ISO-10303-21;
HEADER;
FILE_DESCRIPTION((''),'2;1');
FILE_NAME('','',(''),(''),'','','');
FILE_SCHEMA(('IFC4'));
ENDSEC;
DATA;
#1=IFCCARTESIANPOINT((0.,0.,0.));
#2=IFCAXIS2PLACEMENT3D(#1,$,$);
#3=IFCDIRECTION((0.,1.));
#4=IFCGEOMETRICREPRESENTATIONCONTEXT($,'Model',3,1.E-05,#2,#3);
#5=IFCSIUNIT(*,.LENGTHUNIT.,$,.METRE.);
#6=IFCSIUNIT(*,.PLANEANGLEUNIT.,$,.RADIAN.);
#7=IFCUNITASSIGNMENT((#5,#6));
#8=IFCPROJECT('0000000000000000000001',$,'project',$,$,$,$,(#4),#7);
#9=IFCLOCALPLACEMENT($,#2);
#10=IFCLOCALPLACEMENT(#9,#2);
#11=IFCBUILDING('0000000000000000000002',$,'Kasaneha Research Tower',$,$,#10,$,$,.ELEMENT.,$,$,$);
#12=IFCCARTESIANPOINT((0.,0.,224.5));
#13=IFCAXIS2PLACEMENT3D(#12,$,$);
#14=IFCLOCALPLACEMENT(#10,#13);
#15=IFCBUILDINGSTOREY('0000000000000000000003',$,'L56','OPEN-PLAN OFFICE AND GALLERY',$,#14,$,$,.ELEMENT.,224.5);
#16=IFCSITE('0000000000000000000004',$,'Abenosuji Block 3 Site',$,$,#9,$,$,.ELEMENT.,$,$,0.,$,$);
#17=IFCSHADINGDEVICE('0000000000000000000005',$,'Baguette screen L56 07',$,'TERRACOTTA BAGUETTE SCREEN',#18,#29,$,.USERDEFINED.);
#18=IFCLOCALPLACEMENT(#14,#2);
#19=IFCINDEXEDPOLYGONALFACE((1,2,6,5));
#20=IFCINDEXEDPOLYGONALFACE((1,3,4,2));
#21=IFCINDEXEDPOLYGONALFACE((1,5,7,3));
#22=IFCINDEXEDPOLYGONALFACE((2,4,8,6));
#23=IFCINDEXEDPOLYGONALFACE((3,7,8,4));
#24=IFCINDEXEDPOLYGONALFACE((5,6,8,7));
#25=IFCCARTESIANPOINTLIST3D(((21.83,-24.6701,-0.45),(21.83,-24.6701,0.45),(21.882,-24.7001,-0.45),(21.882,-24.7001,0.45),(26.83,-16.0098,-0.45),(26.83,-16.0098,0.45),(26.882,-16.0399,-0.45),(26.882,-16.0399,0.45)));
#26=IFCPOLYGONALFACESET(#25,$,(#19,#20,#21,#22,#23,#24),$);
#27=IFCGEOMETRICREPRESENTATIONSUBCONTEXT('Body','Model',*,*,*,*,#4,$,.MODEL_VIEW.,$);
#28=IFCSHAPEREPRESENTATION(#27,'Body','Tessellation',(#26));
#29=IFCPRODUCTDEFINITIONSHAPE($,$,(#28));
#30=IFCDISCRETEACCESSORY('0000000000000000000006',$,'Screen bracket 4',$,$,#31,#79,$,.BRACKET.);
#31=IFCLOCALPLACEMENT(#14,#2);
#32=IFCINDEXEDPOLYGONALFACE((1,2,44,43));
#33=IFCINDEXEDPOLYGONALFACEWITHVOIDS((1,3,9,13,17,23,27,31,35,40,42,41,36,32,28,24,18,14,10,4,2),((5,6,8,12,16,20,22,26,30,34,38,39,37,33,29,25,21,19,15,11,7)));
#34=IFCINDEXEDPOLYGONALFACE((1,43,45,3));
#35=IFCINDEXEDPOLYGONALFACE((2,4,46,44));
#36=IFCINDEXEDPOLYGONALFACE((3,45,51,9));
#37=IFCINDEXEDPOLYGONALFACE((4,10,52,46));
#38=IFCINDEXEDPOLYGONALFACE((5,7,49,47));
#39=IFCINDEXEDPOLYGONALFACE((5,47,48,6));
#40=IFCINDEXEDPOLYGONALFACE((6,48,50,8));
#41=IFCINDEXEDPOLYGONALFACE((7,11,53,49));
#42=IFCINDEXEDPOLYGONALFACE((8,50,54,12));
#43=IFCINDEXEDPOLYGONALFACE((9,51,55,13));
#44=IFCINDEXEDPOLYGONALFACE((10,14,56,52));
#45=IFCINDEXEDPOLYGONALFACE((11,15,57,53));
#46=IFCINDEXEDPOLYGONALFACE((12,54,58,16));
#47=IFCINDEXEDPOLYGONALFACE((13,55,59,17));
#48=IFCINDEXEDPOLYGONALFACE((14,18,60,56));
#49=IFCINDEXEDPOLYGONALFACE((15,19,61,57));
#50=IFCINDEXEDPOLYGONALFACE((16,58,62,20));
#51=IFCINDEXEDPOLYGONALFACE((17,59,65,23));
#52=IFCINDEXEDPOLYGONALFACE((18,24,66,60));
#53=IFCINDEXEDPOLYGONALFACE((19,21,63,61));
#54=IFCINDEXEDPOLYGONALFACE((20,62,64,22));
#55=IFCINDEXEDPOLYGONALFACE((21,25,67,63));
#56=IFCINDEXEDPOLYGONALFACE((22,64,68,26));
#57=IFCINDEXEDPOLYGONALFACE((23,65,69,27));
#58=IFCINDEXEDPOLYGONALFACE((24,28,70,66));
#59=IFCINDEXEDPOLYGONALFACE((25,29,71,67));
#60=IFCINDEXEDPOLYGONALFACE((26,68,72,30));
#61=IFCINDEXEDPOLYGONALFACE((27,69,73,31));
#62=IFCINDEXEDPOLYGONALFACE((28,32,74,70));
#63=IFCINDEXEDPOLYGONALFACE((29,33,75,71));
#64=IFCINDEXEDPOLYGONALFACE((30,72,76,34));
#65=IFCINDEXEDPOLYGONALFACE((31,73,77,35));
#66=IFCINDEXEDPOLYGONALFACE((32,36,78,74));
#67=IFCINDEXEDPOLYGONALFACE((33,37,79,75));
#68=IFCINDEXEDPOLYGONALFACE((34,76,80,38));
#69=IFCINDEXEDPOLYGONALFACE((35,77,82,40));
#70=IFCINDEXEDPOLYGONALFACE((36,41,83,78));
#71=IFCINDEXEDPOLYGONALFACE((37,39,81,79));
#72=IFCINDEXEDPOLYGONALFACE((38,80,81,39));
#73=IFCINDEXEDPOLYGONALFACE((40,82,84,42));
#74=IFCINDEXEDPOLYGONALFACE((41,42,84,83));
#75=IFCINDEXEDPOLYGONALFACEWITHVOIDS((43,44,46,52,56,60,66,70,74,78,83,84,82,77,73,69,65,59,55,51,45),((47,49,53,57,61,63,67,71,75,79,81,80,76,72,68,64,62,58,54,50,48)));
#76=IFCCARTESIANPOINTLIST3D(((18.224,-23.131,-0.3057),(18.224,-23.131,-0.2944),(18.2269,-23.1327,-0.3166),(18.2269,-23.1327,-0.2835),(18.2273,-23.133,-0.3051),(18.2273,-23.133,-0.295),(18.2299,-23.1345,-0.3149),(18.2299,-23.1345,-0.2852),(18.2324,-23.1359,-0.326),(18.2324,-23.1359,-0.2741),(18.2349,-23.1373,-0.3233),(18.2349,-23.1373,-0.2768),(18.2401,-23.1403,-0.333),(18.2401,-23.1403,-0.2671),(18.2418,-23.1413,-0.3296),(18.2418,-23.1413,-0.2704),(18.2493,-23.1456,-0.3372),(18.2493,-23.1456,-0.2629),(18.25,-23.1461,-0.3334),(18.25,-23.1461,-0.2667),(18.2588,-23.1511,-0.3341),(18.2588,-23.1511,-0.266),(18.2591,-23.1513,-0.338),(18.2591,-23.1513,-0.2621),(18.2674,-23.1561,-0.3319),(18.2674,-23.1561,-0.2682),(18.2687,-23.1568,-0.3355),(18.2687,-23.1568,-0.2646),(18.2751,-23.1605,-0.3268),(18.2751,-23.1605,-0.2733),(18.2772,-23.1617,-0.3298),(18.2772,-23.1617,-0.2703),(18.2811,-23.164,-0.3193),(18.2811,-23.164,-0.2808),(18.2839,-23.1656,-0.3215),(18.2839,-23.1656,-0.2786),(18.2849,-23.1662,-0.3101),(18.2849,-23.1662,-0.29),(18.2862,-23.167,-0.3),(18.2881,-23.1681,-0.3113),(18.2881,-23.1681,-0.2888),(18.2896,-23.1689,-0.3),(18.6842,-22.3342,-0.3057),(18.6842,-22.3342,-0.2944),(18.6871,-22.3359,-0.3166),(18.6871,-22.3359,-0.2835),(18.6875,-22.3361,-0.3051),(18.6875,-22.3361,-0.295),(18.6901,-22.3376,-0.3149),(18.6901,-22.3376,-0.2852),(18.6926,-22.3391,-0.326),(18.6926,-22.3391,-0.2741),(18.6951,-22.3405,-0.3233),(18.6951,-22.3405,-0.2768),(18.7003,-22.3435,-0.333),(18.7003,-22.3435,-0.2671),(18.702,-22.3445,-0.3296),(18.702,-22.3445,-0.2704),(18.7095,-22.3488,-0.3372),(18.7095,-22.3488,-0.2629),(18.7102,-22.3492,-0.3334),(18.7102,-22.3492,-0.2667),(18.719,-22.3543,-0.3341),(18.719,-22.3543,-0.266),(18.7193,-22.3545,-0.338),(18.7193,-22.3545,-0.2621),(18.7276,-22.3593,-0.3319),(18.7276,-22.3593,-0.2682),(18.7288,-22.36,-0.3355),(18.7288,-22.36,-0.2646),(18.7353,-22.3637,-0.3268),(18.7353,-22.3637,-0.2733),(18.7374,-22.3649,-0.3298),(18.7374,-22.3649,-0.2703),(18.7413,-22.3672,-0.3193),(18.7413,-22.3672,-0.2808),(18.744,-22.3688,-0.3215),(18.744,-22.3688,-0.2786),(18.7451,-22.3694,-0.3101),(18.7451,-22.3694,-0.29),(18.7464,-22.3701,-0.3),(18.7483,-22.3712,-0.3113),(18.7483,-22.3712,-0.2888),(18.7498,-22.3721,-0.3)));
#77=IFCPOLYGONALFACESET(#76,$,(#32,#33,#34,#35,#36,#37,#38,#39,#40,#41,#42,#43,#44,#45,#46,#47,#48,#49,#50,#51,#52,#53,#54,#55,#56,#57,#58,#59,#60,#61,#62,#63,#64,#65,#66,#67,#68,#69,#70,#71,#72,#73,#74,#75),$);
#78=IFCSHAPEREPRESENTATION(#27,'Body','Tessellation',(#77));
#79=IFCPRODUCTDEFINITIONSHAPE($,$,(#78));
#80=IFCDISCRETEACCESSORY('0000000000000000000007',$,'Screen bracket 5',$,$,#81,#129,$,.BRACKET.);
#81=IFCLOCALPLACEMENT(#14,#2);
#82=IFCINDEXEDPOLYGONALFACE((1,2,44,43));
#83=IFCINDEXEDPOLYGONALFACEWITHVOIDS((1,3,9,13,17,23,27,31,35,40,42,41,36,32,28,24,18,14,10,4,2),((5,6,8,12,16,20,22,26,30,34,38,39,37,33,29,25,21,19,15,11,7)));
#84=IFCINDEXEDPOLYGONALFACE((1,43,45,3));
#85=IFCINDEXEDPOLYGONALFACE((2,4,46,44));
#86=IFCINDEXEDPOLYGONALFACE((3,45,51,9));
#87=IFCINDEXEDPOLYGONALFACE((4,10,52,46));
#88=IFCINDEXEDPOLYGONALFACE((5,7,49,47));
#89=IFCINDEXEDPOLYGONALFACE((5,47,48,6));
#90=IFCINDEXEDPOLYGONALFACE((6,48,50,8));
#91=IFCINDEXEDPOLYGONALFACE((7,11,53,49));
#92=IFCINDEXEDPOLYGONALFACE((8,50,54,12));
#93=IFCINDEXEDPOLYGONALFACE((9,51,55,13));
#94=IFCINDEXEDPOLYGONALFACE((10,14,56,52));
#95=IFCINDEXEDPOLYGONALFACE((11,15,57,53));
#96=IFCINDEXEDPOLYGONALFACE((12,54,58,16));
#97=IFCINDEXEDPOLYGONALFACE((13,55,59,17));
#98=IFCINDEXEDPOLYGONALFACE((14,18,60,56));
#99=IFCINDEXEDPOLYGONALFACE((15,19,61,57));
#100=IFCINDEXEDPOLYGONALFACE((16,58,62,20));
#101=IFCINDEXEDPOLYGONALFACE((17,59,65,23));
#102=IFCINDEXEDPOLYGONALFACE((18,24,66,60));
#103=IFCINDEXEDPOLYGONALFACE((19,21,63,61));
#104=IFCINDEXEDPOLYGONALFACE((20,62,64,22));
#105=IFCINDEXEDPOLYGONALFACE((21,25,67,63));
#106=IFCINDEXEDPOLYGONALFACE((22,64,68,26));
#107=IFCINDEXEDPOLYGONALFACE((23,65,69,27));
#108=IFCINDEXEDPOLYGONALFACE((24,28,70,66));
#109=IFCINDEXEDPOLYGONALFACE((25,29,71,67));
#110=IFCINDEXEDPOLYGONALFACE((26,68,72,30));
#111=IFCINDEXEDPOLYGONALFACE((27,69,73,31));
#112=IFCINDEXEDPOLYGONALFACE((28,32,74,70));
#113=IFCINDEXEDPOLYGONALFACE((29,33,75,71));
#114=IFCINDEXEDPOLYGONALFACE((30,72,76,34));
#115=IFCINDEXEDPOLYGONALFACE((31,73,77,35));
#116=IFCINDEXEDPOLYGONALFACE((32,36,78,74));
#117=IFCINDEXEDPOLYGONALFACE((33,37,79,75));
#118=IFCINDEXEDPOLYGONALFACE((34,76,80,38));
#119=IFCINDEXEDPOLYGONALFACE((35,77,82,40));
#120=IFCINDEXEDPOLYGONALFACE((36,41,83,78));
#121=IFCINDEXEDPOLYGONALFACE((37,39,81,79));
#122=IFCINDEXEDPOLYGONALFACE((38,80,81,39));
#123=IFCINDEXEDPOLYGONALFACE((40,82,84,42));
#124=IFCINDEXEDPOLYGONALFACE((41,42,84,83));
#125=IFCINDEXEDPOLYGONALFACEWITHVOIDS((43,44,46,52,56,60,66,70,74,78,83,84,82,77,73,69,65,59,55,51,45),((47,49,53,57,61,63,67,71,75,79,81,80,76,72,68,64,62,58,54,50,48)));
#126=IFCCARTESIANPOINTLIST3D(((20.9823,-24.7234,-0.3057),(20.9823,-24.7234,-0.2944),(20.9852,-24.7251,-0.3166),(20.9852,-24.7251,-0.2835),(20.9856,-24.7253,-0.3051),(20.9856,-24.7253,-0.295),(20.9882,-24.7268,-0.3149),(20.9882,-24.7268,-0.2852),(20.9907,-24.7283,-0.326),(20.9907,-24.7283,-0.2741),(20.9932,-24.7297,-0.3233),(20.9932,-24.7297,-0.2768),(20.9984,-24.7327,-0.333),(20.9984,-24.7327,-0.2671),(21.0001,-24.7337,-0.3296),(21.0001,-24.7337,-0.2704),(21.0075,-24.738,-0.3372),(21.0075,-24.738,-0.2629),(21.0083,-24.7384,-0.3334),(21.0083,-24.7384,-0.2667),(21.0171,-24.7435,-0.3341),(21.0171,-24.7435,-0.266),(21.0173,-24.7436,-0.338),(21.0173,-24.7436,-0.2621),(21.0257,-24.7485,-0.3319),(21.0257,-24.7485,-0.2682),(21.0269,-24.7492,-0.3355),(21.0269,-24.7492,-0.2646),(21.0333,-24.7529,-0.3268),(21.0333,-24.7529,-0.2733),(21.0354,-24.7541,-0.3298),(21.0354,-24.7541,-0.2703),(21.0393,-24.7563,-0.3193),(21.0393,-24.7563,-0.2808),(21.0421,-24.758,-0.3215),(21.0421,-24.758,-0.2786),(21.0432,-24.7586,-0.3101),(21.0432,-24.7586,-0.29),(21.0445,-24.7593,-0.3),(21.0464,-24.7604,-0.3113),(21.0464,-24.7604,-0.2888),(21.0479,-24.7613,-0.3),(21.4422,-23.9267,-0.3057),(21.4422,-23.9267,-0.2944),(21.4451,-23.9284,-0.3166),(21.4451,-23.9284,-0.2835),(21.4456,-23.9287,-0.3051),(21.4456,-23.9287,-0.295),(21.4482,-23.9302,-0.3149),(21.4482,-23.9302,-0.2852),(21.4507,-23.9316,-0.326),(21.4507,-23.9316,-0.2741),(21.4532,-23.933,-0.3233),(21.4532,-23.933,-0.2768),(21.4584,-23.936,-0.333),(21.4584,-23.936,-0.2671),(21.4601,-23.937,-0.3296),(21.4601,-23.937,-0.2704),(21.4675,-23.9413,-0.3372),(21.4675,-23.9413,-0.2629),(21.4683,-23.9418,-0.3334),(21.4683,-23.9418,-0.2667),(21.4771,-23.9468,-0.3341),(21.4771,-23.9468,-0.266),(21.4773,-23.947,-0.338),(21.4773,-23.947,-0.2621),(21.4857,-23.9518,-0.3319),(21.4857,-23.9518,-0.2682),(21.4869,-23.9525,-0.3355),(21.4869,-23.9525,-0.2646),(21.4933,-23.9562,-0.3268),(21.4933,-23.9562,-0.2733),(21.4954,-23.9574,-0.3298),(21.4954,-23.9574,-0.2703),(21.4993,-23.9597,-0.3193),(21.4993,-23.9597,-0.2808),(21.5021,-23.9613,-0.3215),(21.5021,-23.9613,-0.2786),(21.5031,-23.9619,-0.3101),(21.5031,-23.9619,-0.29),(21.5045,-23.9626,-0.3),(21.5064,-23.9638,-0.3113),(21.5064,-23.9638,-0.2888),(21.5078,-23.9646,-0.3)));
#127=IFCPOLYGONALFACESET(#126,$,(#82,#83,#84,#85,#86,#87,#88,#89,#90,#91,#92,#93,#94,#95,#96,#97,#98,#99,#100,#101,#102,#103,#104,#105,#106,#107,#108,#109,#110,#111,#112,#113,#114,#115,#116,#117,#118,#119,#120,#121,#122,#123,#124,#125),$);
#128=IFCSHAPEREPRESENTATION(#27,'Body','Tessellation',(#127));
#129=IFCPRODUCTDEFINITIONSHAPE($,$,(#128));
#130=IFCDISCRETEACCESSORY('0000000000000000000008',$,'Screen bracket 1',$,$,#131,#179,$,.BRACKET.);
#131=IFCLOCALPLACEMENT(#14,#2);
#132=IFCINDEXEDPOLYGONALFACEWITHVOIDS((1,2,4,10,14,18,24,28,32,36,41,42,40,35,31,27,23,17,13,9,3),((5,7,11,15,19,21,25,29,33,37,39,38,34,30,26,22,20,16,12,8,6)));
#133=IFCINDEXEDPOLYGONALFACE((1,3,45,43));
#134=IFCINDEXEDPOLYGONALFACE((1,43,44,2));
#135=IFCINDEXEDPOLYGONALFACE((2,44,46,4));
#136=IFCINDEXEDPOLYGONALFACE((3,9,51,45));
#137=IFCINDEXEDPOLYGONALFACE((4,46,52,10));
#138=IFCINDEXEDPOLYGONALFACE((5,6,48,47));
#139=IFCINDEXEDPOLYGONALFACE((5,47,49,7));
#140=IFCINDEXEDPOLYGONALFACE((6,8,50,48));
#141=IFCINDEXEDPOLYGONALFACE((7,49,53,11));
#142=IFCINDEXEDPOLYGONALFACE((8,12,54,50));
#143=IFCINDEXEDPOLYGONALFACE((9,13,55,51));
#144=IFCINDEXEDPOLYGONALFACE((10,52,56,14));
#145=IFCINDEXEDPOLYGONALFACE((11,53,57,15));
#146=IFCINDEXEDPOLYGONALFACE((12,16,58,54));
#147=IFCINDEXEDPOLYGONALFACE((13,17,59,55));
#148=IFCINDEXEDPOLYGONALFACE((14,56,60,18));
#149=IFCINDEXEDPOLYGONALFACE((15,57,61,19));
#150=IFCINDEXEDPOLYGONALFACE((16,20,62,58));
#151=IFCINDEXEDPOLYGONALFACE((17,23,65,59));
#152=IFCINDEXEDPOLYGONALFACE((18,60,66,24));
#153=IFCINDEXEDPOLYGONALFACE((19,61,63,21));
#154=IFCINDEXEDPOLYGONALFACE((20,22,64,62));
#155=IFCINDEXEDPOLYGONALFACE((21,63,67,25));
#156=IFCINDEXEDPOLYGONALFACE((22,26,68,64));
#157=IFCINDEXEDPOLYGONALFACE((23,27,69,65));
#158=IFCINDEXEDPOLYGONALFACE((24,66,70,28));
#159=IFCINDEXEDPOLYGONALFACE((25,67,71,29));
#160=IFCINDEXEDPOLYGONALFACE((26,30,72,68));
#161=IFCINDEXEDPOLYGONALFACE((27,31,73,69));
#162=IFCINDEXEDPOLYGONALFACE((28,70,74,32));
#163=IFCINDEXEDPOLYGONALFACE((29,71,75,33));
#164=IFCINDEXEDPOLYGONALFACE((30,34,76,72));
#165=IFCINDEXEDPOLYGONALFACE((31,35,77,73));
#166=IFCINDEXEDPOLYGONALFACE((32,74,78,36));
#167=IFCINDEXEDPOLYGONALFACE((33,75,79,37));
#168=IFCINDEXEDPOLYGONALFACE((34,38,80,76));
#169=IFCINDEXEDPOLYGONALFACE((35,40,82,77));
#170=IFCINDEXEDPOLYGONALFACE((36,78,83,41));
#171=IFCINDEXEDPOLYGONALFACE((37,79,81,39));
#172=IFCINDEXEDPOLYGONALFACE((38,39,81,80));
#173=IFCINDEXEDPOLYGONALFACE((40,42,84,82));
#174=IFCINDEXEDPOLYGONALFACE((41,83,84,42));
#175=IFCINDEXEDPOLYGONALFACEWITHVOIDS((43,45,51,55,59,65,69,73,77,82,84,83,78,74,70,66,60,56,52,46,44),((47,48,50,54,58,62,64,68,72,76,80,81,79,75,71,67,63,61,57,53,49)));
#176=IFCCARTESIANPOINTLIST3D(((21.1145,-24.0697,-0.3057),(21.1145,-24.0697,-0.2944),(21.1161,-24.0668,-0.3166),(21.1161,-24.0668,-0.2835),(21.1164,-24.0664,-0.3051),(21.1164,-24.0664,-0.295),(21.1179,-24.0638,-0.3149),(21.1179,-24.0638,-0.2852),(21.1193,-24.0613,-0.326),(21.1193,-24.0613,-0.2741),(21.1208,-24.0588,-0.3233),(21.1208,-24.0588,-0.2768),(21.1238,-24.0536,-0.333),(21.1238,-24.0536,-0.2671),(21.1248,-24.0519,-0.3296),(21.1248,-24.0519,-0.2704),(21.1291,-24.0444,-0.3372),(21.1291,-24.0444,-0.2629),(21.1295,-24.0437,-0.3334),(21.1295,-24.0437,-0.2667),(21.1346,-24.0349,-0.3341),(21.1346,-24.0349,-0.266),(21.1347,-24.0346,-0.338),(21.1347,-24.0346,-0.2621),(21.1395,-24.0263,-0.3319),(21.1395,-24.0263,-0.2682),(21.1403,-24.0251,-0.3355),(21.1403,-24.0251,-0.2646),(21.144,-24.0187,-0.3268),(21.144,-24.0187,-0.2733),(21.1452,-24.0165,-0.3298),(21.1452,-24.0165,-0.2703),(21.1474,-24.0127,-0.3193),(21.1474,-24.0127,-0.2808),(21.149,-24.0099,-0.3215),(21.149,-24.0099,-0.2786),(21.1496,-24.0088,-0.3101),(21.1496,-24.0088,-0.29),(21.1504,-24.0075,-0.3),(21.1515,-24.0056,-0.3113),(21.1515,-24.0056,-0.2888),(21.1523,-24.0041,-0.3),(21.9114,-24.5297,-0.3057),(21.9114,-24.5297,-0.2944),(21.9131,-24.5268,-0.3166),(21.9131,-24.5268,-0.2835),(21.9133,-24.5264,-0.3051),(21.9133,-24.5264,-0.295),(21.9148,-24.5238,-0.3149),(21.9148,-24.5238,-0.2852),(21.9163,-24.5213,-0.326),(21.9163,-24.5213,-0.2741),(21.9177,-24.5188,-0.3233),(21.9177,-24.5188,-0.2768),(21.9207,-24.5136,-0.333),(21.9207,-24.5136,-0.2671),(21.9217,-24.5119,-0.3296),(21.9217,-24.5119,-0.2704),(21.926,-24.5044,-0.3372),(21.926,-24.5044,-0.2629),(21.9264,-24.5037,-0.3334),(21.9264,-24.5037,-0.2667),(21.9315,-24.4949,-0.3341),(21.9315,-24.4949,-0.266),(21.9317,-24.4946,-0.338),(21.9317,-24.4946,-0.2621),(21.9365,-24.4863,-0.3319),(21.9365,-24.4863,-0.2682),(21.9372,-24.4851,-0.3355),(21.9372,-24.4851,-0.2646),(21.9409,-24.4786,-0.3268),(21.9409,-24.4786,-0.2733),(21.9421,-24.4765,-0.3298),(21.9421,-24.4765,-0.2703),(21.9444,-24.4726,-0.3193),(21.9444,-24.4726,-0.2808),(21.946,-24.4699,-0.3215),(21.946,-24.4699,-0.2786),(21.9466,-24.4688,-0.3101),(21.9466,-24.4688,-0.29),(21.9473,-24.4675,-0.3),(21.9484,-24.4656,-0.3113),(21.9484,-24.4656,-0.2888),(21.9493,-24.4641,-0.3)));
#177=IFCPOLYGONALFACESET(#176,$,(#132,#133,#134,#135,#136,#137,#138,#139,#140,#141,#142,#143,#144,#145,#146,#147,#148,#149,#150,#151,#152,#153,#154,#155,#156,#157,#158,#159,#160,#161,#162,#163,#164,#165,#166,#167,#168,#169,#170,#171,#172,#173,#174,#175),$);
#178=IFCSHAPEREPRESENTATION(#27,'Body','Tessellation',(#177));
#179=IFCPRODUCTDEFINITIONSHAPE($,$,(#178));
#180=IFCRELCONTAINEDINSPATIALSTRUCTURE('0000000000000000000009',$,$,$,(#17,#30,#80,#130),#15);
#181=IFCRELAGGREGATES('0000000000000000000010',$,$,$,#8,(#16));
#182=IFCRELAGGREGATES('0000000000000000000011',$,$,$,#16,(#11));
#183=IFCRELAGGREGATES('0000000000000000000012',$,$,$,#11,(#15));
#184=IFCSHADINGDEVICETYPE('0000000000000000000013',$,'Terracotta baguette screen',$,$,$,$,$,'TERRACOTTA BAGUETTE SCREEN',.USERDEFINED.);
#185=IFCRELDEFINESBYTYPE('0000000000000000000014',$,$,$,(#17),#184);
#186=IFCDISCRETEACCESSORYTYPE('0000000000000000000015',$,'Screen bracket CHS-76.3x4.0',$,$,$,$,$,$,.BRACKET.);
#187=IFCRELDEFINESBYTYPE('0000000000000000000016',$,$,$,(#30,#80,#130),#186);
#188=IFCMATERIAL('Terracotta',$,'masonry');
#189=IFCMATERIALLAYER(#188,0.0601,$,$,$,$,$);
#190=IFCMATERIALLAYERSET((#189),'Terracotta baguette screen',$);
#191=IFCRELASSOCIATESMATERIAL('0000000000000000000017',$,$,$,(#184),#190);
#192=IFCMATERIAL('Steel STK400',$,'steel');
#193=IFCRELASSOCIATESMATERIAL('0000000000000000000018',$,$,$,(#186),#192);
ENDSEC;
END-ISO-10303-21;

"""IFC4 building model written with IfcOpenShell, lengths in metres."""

from ifc_helpers import new_model, si_unit, direction, frame, origin, origin_2d, place, context, subcontext, project, spatial, rectangle, hollow_circle, extrude, material, layer, layer_set, material_profile, profile_set, type_object, element, save


model = new_model("IFC4")

# Units and contexts
model_context = context("Model", 3, precision=1e-05, world=origin(), true_north=direction((0.0, 1.0)))
body_context = subcontext(model_context, "Body", "Model", "MODEL_VIEW")
ifc_project = project(units=[si_unit("LENGTHUNIT", "METRE"), si_unit("PLANEANGLEUNIT", "RADIAN")], contexts=[model_context])

# Site, building, storey
site_placement = place(None, origin())
site = spatial("IfcSite", under=ifc_project, at=site_placement, Name="Abenosuji Block 3 Site", CompositionType="ELEMENT", RefElevation=0.0)
building_placement = place(site_placement, origin())
building = spatial("IfcBuilding", under=site, at=building_placement, Name="Kasaneha Research Tower", CompositionType="ELEMENT")
storey_placement = place(building_placement, frame((0.0, 0.0, 224.5)))
storey = spatial("IfcBuildingStorey", under=building, at=storey_placement, Name="L56", Description="OPEN-PLAN OFFICE AND GALLERY", CompositionType="ELEMENT", Elevation=224.5)

# Shading device
ifc_material_1 = material(Name="Terracotta", Category="masonry")
ifc_layer_1 = layer(ifc_material_1, 0.0601)
ifc_layer_set_1 = layer_set([ifc_layer_1], Name="Terracotta baguette screen")
shading_device_type = type_object("IfcShadingDeviceType", Name="Terracotta baguette screen", ElementType="TERRACOTTA BAGUETTE SCREEN", PredefinedType="USERDEFINED", material=ifc_layer_set_1)
shading_device_placement = place(storey_placement, frame((24.356, -20.355, -0.45), z_axis=(0.0, 0.0, 1.0), x_axis=(0.5, 0.866025, 0.0)))
element("IfcShadingDevice", 1, at=shading_device_placement, inside=storey, type_object=shading_device_type, Name="Baguette screen L56 07", ObjectType="TERRACOTTA BAGUETTE SCREEN", PredefinedType="USERDEFINED", context=body_context, shape_type="SweptSolid", body=[
    extrude(rectangle(XDim=10.0, YDim=0.0601, at=origin_2d()), origin(), (0.0, 0.0, 1.0), 0.8999),
])

# Discrete accessories
ifc_material_2 = material(Name="Steel STK400", Category="steel")
ifc_material_profile_1 = material_profile(ifc_material_2, hollow_circle(Radius=0.0381, WallThickness=0.0039, at=origin_2d()), Name="CHS-76.3x4.0")
ifc_profile_set_1 = profile_set([ifc_material_profile_1], Name="Steel STK400")
discrete_accessory_type = type_object("IfcDiscreteAccessoryType", Name="Screen bracket CHS-76.3x4.0", PredefinedType="BRACKET", material=ifc_profile_set_1)
discrete_accessory_1_placement = place(storey_placement, frame((18.7168, -22.353, -0.3), z_axis=(-0.500105, -0.865965, 0.0), x_axis=(0.865965, -0.500105, 0.0)))
element("IfcDiscreteAccessory", 2, at=discrete_accessory_1_placement, inside=storey, type_object=discrete_accessory_type, Name="Screen bracket 4", PredefinedType="BRACKET", context=body_context, shape_type="SweptSolid", body=[
    extrude(hollow_circle(Radius=0.0381, WallThickness=0.0039, at=origin_2d()), origin(), (0.0, 0.0, 1.0), 0.9202),
])
discrete_accessory_2_placement = place(storey_placement, frame((21.4749, -23.9456, -0.3), z_axis=(-0.500021, -0.866013, 0.0), x_axis=(0.866013, -0.500021, 0.0)))
element("IfcDiscreteAccessory", 3, at=discrete_accessory_2_placement, inside=storey, type_object=discrete_accessory_type, Name="Screen bracket 5", PredefinedType="BRACKET", context=body_context, shape_type="SweptSolid", body=[
    extrude(hollow_circle(Radius=0.0381, WallThickness=0.0039, at=origin_2d()), origin(), (0.0, 0.0, 1.0), 0.9199),
])
discrete_accessory_3_placement = place(storey_placement, frame((21.1333, -24.0371, -0.3), z_axis=(0.86608, -0.499906, 0.0), x_axis=(0.499906, 0.86608, 0.0)))
element("IfcDiscreteAccessory", 4, at=discrete_accessory_3_placement, inside=storey, type_object=discrete_accessory_type, Name="Screen bracket 1", PredefinedType="BRACKET", context=body_context, shape_type="SweptSolid", body=[
    extrude(hollow_circle(Radius=0.0381, WallThickness=0.0039, at=origin_2d()), origin(), (0.0, 0.0, 1.0), 0.9202),
])

save(model, "model.ifc")
